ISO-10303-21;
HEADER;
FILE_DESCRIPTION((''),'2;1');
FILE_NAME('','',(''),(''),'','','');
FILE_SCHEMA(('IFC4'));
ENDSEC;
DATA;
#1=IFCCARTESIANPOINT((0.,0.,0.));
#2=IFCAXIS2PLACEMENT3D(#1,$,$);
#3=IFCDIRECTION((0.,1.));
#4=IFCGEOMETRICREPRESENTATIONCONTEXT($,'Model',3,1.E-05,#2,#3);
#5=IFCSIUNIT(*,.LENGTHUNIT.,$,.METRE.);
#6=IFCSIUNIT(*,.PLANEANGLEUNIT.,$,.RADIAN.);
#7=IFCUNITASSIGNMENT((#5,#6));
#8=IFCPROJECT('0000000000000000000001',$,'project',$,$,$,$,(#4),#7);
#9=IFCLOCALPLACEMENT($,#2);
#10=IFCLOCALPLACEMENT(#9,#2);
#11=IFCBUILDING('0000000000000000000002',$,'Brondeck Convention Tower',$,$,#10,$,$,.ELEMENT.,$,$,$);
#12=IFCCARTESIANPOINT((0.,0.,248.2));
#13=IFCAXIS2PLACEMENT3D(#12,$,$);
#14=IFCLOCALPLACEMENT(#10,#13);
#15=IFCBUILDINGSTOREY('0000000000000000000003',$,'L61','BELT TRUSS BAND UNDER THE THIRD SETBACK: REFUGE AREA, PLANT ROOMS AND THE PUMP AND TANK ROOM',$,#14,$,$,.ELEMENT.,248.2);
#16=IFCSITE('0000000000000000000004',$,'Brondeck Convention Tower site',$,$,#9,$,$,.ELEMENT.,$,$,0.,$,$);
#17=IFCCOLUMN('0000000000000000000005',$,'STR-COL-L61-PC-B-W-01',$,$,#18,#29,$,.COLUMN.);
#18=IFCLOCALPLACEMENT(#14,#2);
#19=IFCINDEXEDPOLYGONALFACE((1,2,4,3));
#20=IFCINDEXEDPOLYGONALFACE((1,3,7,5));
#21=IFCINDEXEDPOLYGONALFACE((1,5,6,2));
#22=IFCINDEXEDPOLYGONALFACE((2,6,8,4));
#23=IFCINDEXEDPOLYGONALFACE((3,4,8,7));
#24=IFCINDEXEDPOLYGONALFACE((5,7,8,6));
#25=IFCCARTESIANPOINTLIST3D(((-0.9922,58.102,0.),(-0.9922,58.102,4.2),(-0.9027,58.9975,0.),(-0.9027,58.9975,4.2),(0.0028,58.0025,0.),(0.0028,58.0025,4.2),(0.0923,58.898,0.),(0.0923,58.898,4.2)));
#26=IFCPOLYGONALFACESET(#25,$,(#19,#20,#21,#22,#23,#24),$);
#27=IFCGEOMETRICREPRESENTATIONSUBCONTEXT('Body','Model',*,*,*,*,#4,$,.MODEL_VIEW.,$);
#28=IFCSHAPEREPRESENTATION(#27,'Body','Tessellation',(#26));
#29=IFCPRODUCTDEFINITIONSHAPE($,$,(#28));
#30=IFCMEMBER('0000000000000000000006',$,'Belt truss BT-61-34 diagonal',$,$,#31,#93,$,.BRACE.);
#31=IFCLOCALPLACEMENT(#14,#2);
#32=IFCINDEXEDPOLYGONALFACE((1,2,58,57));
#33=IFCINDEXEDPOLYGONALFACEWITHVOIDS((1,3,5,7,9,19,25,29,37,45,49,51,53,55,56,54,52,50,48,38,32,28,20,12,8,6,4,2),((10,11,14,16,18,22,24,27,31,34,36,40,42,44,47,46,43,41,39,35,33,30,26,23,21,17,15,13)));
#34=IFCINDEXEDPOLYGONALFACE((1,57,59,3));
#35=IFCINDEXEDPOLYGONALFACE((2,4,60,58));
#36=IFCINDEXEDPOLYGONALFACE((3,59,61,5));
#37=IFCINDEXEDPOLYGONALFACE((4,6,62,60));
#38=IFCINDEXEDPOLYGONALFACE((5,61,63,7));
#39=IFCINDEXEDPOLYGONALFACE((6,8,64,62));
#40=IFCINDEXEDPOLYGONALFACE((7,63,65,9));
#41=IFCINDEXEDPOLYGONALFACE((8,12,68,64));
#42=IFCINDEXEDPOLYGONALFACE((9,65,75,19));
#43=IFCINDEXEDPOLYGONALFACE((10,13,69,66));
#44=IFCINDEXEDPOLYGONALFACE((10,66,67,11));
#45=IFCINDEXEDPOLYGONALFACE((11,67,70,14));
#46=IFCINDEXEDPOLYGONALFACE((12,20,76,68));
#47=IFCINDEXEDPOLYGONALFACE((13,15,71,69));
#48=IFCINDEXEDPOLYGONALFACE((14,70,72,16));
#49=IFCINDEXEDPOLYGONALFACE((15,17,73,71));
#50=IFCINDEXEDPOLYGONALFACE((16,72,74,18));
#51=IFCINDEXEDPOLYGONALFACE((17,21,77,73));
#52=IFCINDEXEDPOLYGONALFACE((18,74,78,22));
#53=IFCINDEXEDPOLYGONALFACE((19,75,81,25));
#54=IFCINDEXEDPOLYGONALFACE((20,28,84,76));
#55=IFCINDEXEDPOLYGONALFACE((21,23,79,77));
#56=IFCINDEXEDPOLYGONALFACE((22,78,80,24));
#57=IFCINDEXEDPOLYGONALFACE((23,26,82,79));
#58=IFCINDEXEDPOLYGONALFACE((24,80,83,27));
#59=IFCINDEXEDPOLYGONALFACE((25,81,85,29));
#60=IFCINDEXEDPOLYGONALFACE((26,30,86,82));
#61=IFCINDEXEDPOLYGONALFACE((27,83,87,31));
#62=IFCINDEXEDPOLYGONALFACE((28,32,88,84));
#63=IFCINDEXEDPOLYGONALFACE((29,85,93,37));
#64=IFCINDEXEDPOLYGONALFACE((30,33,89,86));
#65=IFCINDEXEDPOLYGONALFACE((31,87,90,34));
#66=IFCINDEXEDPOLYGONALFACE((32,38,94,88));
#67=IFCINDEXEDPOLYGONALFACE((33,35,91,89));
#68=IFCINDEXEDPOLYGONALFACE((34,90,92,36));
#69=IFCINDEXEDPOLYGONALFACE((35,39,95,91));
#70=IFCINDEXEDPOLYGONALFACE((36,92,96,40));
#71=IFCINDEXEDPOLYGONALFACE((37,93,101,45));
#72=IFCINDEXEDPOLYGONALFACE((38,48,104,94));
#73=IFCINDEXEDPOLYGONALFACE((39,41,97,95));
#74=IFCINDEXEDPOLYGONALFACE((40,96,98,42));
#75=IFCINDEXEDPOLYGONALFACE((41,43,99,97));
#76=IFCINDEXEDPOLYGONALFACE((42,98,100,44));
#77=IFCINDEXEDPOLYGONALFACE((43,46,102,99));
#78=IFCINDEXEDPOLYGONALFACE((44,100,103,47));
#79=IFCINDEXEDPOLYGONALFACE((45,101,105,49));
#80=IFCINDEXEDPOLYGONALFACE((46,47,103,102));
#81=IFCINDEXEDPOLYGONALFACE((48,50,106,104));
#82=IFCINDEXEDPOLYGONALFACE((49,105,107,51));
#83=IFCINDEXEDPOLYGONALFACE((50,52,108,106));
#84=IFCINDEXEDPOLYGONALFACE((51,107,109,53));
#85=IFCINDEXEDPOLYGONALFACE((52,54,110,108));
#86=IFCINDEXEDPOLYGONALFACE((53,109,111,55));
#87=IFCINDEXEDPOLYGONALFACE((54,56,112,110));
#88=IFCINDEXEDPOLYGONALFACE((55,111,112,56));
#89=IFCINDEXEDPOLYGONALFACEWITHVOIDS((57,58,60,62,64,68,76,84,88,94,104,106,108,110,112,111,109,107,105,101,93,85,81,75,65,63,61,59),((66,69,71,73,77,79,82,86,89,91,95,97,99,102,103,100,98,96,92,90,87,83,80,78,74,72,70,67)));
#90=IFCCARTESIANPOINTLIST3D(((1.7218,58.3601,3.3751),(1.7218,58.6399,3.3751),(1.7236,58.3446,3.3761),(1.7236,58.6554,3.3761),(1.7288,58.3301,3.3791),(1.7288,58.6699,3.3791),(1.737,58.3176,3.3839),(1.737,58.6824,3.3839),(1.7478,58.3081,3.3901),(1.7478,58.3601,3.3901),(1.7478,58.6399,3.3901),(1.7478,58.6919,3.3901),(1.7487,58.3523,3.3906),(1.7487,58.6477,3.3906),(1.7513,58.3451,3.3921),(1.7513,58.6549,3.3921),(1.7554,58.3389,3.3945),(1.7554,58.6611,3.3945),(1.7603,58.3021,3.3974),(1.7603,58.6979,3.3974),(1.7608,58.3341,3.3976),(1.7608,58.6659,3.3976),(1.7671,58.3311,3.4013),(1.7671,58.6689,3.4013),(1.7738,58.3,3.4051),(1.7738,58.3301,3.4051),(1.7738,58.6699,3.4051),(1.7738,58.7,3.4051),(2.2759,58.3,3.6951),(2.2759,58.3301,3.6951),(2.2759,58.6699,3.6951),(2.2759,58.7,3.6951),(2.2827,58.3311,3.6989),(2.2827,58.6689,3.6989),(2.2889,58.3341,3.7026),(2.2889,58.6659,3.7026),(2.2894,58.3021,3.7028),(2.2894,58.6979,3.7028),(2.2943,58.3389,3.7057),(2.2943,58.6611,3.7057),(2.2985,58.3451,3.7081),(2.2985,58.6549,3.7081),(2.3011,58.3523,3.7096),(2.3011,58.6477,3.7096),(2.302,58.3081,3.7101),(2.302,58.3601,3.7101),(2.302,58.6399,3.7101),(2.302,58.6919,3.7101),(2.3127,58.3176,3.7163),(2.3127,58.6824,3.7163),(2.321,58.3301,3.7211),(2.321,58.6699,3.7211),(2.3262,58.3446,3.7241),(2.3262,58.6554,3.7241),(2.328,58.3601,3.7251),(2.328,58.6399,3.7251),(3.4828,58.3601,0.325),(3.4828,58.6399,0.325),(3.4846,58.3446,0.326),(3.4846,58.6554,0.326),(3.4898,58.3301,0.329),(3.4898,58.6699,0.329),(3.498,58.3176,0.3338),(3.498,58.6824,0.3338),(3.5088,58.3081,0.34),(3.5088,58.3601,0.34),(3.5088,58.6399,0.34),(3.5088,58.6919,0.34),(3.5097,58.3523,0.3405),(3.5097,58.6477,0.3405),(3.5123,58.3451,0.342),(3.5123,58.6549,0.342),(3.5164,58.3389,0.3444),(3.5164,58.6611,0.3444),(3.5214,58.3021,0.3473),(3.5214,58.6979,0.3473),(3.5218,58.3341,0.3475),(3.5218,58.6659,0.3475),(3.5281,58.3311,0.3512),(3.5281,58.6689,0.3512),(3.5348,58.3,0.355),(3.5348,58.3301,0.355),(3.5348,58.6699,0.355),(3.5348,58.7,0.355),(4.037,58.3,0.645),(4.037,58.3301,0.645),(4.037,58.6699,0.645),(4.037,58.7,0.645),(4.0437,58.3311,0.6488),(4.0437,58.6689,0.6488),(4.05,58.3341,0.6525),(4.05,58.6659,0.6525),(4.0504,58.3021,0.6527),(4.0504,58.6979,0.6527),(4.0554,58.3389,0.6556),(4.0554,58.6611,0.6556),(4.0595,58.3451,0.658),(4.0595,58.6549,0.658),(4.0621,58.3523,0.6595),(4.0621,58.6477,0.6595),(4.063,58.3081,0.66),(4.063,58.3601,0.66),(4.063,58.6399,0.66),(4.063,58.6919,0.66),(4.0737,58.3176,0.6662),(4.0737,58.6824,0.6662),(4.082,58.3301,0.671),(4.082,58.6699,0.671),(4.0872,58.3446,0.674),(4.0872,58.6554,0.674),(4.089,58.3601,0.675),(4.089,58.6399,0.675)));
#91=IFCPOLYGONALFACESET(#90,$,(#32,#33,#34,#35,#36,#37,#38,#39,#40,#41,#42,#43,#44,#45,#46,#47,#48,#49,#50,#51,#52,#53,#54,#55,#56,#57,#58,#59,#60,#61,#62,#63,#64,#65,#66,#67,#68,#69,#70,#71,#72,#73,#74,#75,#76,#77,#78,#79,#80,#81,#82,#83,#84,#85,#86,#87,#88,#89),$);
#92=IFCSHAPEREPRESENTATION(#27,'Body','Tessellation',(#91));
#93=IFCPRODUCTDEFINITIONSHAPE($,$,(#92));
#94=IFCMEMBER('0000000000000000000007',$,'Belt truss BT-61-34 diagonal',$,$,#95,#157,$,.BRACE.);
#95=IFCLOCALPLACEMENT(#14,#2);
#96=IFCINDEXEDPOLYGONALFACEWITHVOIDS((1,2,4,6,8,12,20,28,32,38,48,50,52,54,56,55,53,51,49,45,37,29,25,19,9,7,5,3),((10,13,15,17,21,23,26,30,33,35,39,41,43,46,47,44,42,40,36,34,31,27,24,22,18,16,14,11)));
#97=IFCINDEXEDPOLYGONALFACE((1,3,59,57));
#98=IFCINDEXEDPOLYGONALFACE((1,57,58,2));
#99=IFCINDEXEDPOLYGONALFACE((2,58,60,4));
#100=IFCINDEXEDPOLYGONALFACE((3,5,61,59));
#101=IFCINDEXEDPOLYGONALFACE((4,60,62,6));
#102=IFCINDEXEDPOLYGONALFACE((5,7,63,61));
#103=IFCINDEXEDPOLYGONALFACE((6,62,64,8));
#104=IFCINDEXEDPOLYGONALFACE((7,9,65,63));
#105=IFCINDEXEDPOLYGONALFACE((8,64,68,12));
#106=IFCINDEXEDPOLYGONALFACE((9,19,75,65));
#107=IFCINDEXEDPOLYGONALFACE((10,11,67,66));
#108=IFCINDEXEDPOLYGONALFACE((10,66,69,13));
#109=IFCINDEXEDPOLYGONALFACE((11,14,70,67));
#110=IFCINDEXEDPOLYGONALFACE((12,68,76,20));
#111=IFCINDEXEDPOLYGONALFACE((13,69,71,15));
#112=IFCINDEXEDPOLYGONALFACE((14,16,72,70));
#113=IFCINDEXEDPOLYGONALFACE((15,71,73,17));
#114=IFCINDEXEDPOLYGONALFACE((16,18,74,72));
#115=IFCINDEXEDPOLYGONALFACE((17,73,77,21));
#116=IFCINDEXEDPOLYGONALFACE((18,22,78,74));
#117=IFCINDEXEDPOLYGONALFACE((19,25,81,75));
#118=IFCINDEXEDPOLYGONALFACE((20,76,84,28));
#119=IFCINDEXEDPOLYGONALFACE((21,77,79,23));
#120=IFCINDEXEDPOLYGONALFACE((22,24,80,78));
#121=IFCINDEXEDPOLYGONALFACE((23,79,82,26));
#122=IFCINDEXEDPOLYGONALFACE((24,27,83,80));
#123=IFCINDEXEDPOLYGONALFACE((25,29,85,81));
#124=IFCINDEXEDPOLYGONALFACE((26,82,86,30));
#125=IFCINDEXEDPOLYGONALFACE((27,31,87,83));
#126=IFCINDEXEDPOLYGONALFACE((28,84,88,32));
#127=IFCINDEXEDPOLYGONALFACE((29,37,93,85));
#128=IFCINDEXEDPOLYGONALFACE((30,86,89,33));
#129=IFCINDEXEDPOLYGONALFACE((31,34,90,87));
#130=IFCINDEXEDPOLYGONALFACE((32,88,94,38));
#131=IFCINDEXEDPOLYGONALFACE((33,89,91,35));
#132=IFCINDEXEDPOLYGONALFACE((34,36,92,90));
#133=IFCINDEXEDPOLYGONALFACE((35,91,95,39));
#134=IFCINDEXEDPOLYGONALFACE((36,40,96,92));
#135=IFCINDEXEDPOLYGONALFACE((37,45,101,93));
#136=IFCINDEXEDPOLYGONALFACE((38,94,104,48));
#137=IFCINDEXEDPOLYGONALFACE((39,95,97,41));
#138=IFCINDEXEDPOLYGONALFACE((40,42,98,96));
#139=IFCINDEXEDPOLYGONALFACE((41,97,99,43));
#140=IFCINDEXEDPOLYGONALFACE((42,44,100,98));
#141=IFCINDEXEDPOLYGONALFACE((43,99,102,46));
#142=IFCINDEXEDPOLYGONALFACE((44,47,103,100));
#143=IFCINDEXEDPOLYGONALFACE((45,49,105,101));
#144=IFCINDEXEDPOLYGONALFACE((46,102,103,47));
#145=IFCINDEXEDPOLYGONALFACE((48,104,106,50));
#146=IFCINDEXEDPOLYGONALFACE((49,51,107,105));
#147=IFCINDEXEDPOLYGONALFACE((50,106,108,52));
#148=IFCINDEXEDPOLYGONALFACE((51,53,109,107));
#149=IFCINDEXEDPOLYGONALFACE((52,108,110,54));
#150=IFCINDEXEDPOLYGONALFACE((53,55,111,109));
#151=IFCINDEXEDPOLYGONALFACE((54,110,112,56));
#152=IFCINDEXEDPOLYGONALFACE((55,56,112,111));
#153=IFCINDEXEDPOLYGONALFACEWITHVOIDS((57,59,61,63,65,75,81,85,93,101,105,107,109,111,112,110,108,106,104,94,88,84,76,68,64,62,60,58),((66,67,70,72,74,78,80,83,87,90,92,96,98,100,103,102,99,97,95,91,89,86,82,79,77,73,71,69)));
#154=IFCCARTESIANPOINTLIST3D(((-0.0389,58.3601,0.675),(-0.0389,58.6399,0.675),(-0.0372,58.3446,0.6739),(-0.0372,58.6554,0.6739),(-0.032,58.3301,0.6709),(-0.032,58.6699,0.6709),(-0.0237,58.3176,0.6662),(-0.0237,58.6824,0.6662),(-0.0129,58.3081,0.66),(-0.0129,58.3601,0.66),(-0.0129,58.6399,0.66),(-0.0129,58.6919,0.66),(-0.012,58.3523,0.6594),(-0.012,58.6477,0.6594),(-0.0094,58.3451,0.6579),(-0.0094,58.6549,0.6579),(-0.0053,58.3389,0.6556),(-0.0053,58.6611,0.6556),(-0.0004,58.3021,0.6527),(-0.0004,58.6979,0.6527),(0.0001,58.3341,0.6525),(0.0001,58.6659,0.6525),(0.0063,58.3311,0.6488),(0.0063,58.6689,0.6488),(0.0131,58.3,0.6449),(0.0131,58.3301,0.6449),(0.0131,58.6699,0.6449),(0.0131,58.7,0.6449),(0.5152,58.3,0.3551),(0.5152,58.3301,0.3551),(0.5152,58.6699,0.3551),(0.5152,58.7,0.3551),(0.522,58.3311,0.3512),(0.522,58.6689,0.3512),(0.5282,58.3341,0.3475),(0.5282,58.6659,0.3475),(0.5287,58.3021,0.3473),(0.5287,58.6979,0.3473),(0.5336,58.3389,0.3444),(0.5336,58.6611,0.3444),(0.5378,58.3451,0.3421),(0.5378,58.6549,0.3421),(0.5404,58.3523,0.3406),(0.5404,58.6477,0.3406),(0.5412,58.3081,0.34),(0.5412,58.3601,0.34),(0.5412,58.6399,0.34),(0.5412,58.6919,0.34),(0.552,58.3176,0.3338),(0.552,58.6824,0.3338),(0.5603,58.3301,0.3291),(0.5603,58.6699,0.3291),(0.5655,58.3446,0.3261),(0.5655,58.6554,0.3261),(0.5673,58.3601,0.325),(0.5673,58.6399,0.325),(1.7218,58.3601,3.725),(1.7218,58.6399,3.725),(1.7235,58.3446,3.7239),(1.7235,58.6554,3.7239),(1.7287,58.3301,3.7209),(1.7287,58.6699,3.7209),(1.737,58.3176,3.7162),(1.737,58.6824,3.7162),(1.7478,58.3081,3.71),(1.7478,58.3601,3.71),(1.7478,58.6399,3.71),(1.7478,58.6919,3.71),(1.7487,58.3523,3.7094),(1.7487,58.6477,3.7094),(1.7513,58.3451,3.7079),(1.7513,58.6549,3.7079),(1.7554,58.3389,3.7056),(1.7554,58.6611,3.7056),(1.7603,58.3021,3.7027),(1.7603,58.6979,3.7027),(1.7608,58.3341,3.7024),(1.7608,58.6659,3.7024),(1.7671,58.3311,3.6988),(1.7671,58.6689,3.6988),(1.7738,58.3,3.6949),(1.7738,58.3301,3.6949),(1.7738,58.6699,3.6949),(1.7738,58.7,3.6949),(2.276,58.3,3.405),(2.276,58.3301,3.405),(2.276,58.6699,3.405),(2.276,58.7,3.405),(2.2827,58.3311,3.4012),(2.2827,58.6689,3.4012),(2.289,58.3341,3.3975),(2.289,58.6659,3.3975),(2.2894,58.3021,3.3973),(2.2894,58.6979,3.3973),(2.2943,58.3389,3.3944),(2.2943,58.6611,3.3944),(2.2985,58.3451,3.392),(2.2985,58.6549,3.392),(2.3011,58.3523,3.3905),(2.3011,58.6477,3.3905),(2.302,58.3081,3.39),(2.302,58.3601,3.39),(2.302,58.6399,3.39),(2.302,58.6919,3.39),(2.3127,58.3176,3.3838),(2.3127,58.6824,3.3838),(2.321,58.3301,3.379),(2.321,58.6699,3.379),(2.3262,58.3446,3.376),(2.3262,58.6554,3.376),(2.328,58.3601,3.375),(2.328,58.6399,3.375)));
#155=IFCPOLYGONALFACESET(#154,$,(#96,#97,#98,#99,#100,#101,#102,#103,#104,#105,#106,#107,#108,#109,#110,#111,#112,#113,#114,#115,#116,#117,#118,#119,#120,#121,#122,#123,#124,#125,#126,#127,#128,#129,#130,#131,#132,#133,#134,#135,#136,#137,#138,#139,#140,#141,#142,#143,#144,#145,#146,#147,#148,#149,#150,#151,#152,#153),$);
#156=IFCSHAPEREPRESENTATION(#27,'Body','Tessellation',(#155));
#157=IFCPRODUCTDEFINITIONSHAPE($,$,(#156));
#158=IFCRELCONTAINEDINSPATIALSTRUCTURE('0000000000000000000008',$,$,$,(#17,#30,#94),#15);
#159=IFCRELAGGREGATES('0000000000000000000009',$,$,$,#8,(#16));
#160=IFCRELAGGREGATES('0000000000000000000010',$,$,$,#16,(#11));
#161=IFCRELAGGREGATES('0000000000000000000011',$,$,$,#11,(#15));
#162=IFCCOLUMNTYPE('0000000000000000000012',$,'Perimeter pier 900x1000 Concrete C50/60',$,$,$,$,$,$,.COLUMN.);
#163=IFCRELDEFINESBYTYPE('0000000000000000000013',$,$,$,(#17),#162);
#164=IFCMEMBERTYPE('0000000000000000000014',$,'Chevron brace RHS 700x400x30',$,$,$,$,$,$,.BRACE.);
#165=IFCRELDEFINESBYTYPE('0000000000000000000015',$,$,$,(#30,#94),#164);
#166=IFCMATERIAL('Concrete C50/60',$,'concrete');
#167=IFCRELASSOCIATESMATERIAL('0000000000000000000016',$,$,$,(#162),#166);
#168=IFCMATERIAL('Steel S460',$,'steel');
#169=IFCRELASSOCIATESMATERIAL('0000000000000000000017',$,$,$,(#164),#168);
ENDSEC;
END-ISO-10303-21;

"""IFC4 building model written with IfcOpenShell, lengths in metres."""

from ifc_helpers import new_model, si_unit, direction, frame, origin, origin_2d, place, context, subcontext, project, spatial, rectangle, hollow_rectangle, extrude, material, material_profile, profile_set, type_object, element, save


model = new_model("IFC4")

# Units and contexts
model_context = context("Model", 3, precision=1e-05, world=origin(), true_north=direction((0.0, 1.0)))
body_context = subcontext(model_context, "Body", "Model", "MODEL_VIEW")
ifc_project = project(units=[si_unit("LENGTHUNIT", "METRE"), si_unit("PLANEANGLEUNIT", "RADIAN")], contexts=[model_context])

# Site, building, storey
site_placement = place(None, origin())
site = spatial("IfcSite", under=ifc_project, at=site_placement, Name="Brondeck Convention Tower site", CompositionType="ELEMENT", RefElevation=0.0)
building_placement = place(site_placement, origin())
building = spatial("IfcBuilding", under=site, at=building_placement, Name="Brondeck Convention Tower", CompositionType="ELEMENT")
storey_placement = place(building_placement, frame((0.0, 0.0, 248.2)))
storey = spatial("IfcBuildingStorey", under=building, at=storey_placement, Name="L61", Description="BELT TRUSS BAND UNDER THE THIRD SETBACK: REFUGE AREA, PLANT ROOMS AND THE PUMP AND TANK ROOM", CompositionType="ELEMENT", Elevation=248.2)

# Column
ifc_material_1 = material(Name="Concrete C50/60", Category="concrete")
ifc_material_profile_1 = material_profile(ifc_material_1, rectangle(XDim=0.8999, YDim=1.0, at=origin_2d()), Name="Perimeter pier 900x1000 Concrete C50/60")
ifc_profile_set_1 = profile_set([ifc_material_profile_1], Name="Concrete C50/60")
column_type = type_object("IfcColumnType", Name="Perimeter pier 900x1000 Concrete C50/60", PredefinedType="COLUMN", material=ifc_profile_set_1)
column_placement = place(storey_placement, frame((-0.45, 58.5, 0.0), z_axis=(0.0, 0.0, 1.0), x_axis=(-0.099504, -0.995037, 0.0)))
element("IfcColumn", 1, at=column_placement, inside=storey, type_object=column_type, Name="STR-COL-L61-PC-B-W-01", PredefinedType="COLUMN", context=body_context, shape_type="SweptSolid", body=[
    extrude(rectangle(XDim=0.8999, YDim=1.0, at=origin_2d()), origin(), (0.0, 0.0, 1.0), 4.2),
])

# Members
ifc_material_2 = material(Name="Steel S460", Category="steel")
ifc_material_profile_2 = material_profile(ifc_material_2, hollow_rectangle(XDim=0.3999, YDim=0.7, WallThickness=0.03, InnerFilletRadius=0.03, OuterFilletRadius=0.0601, at=origin_2d()), Name="RHS 700x400x30")
ifc_profile_set_2 = profile_set([ifc_material_profile_2], Name="Steel S460")
member_type_1 = type_object("IfcMemberType", Name="Chevron brace RHS 700x400x30", PredefinedType="BRACE", material=ifc_profile_set_2)
member_1_placement = place(storey_placement, frame((3.7859, 58.5, 0.5), z_axis=(-0.500008, 0.0, 0.866021), x_axis=(0.0, -1.0, 0.0)))
element("IfcMember", 2, at=member_1_placement, inside=storey, type_object=member_type_1, Name="Belt truss BT-61-34 diagonal", PredefinedType="BRACE", context=body_context, shape_type="SweptSolid", body=[
    extrude(hollow_rectangle(XDim=0.3999, YDim=0.7, WallThickness=0.03, InnerFilletRadius=0.03, OuterFilletRadius=0.0601, at=origin_2d()), origin(), (0.0, 0.0, 1.0), 3.522),
])
member_2_placement = place(storey_placement, frame((0.2642, 58.5, 0.5), z_axis=(0.499956, 0.0, 0.866051), x_axis=(0.0, 1.0, 0.0)))
element("IfcMember", 3, at=member_2_placement, inside=storey, type_object=member_type_1, Name="Belt truss BT-61-34 diagonal", PredefinedType="BRACE", context=body_context, shape_type="SweptSolid", body=[
    extrude(hollow_rectangle(XDim=0.3999, YDim=0.7, WallThickness=0.03, InnerFilletRadius=0.03, OuterFilletRadius=0.0601, at=origin_2d()), origin(), (0.0, 0.0, 1.0), 3.5217),
])

save(model, "model.ifc")
